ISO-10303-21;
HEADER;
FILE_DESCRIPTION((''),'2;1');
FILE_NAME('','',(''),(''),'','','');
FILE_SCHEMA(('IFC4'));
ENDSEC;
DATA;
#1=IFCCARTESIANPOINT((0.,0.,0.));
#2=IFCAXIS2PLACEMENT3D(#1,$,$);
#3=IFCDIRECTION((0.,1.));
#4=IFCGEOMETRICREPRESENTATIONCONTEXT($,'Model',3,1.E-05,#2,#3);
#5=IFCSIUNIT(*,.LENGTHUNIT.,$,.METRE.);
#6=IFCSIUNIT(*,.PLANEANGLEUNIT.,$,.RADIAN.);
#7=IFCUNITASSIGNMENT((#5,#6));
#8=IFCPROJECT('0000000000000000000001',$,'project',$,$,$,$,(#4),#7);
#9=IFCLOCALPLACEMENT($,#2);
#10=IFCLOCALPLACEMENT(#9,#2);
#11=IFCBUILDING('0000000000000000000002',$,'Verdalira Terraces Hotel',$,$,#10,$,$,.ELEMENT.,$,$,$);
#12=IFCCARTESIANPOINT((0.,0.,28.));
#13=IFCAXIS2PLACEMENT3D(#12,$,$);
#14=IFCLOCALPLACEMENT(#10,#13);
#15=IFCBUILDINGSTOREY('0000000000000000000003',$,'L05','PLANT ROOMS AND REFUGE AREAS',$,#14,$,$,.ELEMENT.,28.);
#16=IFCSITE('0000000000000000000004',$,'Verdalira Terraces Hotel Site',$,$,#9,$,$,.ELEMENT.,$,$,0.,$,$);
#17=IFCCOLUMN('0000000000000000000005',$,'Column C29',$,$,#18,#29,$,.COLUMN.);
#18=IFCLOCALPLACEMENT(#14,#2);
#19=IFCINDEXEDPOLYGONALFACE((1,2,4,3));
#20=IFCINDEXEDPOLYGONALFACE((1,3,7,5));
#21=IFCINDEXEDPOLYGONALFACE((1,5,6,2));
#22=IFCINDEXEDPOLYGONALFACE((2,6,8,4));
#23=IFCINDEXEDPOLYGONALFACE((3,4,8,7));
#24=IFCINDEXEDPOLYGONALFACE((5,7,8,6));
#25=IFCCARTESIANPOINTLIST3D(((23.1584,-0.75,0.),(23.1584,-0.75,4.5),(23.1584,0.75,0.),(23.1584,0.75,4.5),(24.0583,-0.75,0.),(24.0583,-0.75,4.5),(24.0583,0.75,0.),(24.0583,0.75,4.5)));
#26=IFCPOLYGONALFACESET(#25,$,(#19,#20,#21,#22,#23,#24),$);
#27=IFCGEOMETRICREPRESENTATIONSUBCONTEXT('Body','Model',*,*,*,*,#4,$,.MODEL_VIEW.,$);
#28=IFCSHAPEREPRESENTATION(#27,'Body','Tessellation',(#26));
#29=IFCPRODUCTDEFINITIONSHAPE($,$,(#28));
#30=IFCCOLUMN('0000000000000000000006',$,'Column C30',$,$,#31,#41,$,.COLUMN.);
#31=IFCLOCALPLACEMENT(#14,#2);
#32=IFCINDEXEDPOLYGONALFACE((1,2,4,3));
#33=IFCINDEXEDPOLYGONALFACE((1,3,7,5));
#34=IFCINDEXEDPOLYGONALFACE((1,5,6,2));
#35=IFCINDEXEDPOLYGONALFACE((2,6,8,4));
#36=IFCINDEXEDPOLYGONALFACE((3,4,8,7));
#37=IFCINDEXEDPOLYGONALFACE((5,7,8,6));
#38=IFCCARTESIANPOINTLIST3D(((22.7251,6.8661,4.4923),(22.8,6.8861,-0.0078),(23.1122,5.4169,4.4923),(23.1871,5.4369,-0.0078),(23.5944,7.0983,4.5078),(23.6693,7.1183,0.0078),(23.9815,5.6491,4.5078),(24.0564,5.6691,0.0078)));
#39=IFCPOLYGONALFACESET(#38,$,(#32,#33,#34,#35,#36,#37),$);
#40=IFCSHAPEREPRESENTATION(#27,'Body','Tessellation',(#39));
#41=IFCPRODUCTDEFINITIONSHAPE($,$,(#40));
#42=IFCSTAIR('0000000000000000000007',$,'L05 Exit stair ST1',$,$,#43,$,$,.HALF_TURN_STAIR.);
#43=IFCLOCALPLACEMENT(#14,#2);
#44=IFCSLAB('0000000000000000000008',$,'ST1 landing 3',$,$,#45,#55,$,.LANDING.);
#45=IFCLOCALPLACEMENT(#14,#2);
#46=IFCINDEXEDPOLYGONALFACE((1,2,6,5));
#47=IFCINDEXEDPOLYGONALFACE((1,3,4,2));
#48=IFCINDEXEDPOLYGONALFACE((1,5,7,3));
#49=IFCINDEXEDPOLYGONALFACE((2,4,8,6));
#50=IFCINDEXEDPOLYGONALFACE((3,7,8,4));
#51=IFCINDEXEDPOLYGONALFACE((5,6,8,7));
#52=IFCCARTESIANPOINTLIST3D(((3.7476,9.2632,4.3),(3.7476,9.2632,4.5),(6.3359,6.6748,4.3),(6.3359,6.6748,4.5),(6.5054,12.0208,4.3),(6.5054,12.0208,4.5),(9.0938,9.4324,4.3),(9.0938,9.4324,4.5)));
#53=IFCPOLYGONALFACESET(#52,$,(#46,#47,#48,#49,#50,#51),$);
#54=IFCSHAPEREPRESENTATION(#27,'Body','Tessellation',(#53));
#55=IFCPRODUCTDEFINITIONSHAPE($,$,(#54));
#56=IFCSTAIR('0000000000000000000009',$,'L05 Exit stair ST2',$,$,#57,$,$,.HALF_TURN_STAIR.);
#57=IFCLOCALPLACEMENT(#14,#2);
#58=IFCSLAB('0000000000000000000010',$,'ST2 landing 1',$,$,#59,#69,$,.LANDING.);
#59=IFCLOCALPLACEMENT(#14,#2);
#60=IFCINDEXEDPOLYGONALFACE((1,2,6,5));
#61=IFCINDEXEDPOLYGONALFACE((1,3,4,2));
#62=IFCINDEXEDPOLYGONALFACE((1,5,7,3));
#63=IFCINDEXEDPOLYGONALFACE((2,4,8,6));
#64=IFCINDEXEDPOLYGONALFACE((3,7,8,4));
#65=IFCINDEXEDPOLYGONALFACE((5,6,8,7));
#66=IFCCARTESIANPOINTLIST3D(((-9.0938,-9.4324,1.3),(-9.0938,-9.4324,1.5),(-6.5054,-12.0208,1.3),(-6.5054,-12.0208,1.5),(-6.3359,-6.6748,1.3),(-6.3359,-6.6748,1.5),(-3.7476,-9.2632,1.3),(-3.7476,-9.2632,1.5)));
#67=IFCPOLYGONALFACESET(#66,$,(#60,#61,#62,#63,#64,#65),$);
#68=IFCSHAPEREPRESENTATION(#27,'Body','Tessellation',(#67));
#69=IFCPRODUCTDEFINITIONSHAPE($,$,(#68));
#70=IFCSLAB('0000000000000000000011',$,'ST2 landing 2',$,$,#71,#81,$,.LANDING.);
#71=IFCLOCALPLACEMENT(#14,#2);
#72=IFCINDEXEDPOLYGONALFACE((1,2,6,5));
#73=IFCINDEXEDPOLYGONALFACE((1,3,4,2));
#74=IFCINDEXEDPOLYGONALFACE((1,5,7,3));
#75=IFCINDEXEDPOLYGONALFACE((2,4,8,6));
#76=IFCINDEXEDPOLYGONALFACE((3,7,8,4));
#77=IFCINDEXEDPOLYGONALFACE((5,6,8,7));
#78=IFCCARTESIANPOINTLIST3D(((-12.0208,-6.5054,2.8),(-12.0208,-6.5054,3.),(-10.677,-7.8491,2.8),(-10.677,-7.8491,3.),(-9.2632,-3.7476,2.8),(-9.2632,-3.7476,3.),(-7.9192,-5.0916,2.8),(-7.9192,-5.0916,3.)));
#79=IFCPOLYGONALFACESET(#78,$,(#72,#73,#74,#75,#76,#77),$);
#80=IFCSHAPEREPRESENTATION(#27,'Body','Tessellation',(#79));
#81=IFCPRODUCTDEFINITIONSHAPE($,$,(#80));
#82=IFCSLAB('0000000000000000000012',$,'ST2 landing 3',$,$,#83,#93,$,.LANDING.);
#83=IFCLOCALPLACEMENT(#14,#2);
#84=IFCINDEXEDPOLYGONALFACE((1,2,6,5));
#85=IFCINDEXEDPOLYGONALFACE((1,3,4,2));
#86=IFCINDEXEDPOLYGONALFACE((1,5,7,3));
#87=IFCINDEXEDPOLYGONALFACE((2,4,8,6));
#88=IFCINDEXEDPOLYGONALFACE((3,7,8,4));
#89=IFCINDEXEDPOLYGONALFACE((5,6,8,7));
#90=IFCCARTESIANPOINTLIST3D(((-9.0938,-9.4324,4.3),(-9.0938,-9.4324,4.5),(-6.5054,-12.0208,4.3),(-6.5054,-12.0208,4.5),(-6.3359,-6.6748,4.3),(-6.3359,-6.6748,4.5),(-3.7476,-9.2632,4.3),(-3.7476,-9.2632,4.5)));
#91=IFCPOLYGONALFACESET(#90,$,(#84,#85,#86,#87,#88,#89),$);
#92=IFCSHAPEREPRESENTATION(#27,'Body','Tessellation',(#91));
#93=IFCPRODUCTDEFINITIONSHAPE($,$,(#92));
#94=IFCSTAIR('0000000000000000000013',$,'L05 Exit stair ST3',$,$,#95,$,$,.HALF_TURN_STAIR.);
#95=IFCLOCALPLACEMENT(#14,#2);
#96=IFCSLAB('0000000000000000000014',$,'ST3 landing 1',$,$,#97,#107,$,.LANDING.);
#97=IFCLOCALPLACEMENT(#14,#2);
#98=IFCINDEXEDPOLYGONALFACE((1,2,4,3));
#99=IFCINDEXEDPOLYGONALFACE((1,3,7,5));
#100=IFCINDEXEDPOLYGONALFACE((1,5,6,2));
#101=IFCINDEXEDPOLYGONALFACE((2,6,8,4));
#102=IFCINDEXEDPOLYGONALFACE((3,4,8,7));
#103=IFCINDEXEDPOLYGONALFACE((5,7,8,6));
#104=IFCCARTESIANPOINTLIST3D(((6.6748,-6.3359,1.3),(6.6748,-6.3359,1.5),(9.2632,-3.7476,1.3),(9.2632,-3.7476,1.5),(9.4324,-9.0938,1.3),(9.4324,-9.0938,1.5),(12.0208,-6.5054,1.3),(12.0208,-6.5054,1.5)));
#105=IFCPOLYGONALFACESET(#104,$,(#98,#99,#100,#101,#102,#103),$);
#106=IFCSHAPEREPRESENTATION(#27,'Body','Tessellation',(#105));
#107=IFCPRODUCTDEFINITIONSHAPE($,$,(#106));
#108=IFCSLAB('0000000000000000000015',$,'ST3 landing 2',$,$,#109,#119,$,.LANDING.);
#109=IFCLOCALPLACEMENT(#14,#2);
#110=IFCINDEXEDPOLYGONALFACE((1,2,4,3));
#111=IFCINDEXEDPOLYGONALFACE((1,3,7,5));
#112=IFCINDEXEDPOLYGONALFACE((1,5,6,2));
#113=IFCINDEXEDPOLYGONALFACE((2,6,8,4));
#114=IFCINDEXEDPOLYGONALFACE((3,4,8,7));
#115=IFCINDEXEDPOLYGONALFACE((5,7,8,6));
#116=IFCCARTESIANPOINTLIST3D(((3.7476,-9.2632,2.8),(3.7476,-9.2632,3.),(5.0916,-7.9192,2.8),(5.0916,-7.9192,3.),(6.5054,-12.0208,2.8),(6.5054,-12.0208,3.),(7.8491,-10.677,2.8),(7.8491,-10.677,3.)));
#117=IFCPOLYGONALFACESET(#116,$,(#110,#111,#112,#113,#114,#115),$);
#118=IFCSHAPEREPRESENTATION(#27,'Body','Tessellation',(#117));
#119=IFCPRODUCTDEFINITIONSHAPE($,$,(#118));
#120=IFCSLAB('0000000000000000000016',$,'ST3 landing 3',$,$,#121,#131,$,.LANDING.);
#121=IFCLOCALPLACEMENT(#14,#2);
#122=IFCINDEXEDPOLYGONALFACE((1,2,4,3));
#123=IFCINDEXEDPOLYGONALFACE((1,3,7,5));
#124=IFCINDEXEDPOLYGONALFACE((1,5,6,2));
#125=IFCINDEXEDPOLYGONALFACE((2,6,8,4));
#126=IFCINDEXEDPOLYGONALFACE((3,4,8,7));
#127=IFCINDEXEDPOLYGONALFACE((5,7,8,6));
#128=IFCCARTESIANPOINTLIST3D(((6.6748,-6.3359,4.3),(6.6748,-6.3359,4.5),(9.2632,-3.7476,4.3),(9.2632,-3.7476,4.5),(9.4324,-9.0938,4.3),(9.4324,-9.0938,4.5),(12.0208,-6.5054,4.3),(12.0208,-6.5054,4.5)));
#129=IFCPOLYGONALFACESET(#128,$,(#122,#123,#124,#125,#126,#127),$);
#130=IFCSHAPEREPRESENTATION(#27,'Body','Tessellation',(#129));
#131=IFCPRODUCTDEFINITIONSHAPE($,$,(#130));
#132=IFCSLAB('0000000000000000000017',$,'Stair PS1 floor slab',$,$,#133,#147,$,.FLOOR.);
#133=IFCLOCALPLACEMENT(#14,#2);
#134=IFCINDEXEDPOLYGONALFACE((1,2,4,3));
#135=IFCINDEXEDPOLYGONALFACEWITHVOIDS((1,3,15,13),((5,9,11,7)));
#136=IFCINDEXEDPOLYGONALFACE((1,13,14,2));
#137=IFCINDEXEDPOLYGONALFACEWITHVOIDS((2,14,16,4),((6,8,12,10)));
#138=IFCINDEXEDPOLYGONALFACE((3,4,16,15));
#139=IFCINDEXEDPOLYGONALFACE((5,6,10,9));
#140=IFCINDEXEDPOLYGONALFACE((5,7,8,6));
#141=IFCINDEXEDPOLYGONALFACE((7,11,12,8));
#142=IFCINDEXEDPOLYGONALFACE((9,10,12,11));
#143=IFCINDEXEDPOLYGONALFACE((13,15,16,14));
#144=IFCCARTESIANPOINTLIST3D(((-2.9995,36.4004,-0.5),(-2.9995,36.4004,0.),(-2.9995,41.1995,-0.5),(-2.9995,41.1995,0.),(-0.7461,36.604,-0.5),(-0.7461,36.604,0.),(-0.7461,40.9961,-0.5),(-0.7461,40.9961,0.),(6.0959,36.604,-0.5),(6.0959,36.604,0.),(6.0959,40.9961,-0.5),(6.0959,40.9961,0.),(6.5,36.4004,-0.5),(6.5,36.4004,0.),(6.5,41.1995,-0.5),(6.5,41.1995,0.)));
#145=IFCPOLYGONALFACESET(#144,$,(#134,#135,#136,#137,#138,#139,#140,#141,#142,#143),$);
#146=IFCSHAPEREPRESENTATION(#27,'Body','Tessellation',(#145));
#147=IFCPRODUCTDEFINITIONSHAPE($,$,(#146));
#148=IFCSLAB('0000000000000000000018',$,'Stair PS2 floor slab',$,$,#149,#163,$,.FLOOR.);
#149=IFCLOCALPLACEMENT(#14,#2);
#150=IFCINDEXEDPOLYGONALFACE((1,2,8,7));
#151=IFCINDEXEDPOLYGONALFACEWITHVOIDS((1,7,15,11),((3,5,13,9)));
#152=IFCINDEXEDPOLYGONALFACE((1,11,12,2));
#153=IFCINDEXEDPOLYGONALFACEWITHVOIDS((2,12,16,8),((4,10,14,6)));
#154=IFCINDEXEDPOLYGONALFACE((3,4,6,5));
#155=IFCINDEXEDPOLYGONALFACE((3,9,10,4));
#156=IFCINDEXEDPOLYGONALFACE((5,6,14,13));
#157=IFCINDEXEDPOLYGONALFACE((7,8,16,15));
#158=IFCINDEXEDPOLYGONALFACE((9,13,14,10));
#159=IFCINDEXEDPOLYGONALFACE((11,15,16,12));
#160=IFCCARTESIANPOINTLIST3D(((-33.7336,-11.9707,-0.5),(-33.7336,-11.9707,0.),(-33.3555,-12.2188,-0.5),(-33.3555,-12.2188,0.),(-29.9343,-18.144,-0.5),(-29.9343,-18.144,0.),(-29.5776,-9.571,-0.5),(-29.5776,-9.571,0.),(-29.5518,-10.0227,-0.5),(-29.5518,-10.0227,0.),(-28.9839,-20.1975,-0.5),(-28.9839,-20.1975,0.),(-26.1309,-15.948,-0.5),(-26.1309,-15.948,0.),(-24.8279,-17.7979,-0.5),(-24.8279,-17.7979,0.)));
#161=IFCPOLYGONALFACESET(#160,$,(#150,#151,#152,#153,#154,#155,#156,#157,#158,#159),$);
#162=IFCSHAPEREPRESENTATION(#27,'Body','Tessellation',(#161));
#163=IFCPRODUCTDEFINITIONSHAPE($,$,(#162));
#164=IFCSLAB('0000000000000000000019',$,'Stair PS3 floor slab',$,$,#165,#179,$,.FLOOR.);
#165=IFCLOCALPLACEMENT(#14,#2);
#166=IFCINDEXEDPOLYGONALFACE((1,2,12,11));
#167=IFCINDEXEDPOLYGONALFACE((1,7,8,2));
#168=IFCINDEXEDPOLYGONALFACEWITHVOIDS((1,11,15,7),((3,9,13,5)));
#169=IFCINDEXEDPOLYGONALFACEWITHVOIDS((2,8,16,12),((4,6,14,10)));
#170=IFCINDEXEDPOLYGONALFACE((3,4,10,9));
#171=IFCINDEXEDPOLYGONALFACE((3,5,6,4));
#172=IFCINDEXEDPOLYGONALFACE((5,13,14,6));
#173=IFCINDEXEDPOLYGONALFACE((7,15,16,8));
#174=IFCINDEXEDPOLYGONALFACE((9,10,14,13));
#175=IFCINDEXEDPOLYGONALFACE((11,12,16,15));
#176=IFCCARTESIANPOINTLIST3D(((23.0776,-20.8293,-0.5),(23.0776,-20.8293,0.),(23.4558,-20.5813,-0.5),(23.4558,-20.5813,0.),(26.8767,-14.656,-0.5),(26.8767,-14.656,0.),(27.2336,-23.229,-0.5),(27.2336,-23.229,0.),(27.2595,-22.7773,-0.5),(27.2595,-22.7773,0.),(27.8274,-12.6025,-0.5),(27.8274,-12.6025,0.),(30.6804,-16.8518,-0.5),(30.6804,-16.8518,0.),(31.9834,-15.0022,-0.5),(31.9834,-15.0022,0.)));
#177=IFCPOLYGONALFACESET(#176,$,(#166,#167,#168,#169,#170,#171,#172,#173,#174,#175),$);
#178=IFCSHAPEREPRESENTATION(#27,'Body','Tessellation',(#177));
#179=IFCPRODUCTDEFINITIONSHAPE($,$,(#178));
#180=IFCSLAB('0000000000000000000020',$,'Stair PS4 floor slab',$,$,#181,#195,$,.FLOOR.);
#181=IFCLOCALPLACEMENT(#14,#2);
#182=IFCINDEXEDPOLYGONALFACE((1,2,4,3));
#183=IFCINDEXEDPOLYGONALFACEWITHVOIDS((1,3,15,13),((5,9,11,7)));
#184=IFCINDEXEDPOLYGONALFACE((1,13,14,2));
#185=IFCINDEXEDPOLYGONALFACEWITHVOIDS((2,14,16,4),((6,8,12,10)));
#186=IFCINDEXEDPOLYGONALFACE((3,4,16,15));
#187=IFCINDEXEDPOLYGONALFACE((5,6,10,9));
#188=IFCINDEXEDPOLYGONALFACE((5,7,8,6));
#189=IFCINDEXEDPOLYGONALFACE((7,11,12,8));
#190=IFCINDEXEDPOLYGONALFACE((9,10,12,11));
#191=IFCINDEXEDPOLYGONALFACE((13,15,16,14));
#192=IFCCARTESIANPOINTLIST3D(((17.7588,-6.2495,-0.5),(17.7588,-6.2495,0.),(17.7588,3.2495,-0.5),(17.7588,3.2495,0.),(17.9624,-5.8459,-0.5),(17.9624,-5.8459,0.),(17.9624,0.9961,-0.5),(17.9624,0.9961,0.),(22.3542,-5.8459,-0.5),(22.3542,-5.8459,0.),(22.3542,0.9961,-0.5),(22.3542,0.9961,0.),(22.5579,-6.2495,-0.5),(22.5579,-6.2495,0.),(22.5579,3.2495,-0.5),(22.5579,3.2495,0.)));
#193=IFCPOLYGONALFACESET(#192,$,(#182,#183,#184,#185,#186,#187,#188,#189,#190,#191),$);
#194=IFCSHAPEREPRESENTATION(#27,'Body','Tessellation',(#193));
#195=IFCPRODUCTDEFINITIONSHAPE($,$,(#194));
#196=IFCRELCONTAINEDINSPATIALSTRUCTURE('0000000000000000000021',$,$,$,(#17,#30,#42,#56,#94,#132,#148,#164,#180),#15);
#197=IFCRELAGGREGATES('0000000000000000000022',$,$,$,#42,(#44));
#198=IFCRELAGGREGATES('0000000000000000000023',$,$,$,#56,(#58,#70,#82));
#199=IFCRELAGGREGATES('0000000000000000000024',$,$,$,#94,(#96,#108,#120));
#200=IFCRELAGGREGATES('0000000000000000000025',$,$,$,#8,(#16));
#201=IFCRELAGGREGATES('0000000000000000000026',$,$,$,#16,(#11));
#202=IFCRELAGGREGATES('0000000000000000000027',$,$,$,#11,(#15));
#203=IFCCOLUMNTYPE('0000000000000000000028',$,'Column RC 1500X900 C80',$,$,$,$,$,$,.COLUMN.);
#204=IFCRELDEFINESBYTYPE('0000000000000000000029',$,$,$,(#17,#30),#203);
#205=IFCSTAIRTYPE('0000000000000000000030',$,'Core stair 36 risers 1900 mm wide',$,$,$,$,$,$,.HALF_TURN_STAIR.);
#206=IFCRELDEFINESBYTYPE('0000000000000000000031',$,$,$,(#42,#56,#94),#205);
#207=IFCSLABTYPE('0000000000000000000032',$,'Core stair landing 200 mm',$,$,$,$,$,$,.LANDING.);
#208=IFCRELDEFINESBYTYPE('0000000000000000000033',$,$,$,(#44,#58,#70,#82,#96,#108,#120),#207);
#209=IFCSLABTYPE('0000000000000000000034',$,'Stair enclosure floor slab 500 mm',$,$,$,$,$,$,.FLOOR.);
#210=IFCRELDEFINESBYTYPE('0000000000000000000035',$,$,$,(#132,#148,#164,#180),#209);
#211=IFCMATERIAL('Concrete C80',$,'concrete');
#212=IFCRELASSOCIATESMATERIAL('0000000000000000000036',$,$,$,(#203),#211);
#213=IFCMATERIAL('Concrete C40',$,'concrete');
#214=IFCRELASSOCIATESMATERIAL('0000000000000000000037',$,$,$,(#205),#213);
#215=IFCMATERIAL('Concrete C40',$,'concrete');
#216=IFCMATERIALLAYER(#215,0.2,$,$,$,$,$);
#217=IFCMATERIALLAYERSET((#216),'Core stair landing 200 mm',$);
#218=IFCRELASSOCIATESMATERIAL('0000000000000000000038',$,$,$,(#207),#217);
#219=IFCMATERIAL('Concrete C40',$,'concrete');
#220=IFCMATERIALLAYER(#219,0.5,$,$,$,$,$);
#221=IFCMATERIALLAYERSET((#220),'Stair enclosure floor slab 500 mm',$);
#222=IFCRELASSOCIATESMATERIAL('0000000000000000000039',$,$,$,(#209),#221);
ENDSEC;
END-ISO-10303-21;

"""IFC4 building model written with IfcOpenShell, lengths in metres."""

from ifc_helpers import new_model, si_unit, direction, frame, origin, origin_2d, place, context, subcontext, project, spatial, polyline, rectangle, outline, extrude, material, layer, layer_set, material_profile, profile_set, type_object, element, aggregate, save


model = new_model("IFC4")

# Units and contexts
model_context = context("Model", 3, precision=1e-05, world=origin(), true_north=direction((0.0, 1.0)))
body_context = subcontext(model_context, "Body", "Model", "MODEL_VIEW")
ifc_project = project(units=[si_unit("LENGTHUNIT", "METRE"), si_unit("PLANEANGLEUNIT", "RADIAN")], contexts=[model_context])

# Site, building, storey
site_placement = place(None, origin())
site = spatial("IfcSite", under=ifc_project, at=site_placement, Name="Verdalira Terraces Hotel Site", CompositionType="ELEMENT", RefElevation=0.0)
building_placement = place(site_placement, origin())
building = spatial("IfcBuilding", under=site, at=building_placement, Name="Verdalira Terraces Hotel", CompositionType="ELEMENT")
storey_placement = place(building_placement, frame((0.0, 0.0, 28.0)))
storey = spatial("IfcBuildingStorey", under=building, at=storey_placement, Name="L05", Description="PLANT ROOMS AND REFUGE AREAS", CompositionType="ELEMENT", Elevation=28.0)

# Columns
ifc_material_1 = material(Name="Concrete C80", Category="concrete")
ifc_material_profile = material_profile(ifc_material_1, rectangle(XDim=1.5, YDim=0.8999, at=origin_2d()), Name="RC 1500X900")
ifc_profile_set = profile_set([ifc_material_profile], Name="Concrete C80")
column_type = type_object("IfcColumnType", Name="Column RC 1500X900 C80", PredefinedType="COLUMN", material=ifc_profile_set)
column_1_placement = place(storey_placement, frame((23.6084, 0.0, 0.0), z_axis=(0.0, 0.0, 1.0), x_axis=(0.0, 1.0, 0.0)))
element("IfcColumn", 1, at=column_1_placement, inside=storey, type_object=column_type, Name="Column C29", PredefinedType="COLUMN", context=body_context, shape_type="SweptSolid", body=[
    extrude(rectangle(XDim=1.5, YDim=0.8999, at=origin_2d()), origin(), (0.0, 0.0, 1.0), 4.5),
])
column_2_placement = place(storey_placement, frame((23.4282, 6.2776, 0.0), z_axis=(-0.016653, -0.004448, 0.999851), x_axis=(0.258054, -0.96613, 0.0)))
element("IfcColumn", 2, at=column_2_placement, inside=storey, type_object=column_type, Name="Column C30", PredefinedType="COLUMN", context=body_context, shape_type="SweptSolid", body=[
    extrude(rectangle(XDim=1.5, YDim=0.8999, at=origin_2d()), origin(), (0.0, 0.0, 1.0), 4.5007),
])

# Stair, slab
ifc_material_2 = material(Name="Concrete C40", Category="concrete")
stair_type = type_object("IfcStairType", Name="Core stair 36 risers 1900 mm wide", PredefinedType="HALF_TURN_STAIR", material=ifc_material_2)
stair_1_placement = place(storey_placement, origin())
stair_1 = element("IfcStair", 3, at=stair_1_placement, inside=storey, type_object=stair_type, Name="L05 Exit stair ST1", PredefinedType="HALF_TURN_STAIR")
ifc_material_3 = material(Name="Concrete C40", Category="concrete")
ifc_layer_1 = layer(ifc_material_3, 0.2)
ifc_layer_set_1 = layer_set([ifc_layer_1], Name="Core stair landing 200 mm")
slab_type_1 = type_object("IfcSlabType", Name="Core stair landing 200 mm", PredefinedType="LANDING", material=ifc_layer_set_1)
slab_1_placement = place(storey_placement, frame((0.0, 0.0, 4.3)))
slab_1 = element("IfcSlab", 4, at=slab_1_placement, type_object=slab_type_1, Name="ST1 landing 3", PredefinedType="LANDING", context=body_context, shape_type="SweptSolid", body=[
    extrude(outline(polyline([(9.0938, 9.4324), (6.5054, 12.0208), (3.7476, 9.2632), (6.3359, 6.6748), (9.0938, 9.4324)])), origin(), (0.0, 0.0, 1.0), 0.2),
])
aggregate(stair_1, [slab_1])

# Stairs, slabs
stair_2_placement = place(storey_placement, origin())
stair_2 = element("IfcStair", 5, at=stair_2_placement, inside=storey, type_object=stair_type, Name="L05 Exit stair ST2", PredefinedType="HALF_TURN_STAIR")
slab_2_placement = place(storey_placement, frame((0.0, 0.0, 1.3)))
slab_2 = element("IfcSlab", 6, at=slab_2_placement, type_object=slab_type_1, Name="ST2 landing 1", PredefinedType="LANDING", context=body_context, shape_type="SweptSolid", body=[
    extrude(outline(polyline([(-9.0938, -9.4324), (-6.5054, -12.0208), (-3.7476, -9.2632), (-6.3359, -6.6748), (-9.0938, -9.4324)])), origin(), (0.0, 0.0, 1.0), 0.2),
])
slab_3_placement = place(storey_placement, frame((0.0, 0.0, 2.8)))
slab_3 = element("IfcSlab", 7, at=slab_3_placement, type_object=slab_type_1, Name="ST2 landing 2", PredefinedType="LANDING", context=body_context, shape_type="SweptSolid", body=[
    extrude(outline(polyline([(-12.0208, -6.5054), (-10.677, -7.8491), (-7.9192, -5.0916), (-9.2632, -3.7476), (-12.0208, -6.5054)])), origin(), (0.0, 0.0, 1.0), 0.2),
])
slab_4_placement = place(storey_placement, frame((0.0, 0.0, 4.3)))
slab_4 = element("IfcSlab", 8, at=slab_4_placement, type_object=slab_type_1, Name="ST2 landing 3", PredefinedType="LANDING", context=body_context, shape_type="SweptSolid", body=[
    extrude(outline(polyline([(-9.0938, -9.4324), (-6.5054, -12.0208), (-3.7476, -9.2632), (-6.3359, -6.6748), (-9.0938, -9.4324)])), origin(), (0.0, 0.0, 1.0), 0.2),
])
aggregate(stair_2, [slab_2, slab_3, slab_4])
stair_3_placement = place(storey_placement, origin())
stair_3 = element("IfcStair", 9, at=stair_3_placement, inside=storey, type_object=stair_type, Name="L05 Exit stair ST3", PredefinedType="HALF_TURN_STAIR")
slab_5_placement = place(storey_placement, frame((0.0, 0.0, 1.3)))
slab_5 = element("IfcSlab", 10, at=slab_5_placement, type_object=slab_type_1, Name="ST3 landing 1", PredefinedType="LANDING", context=body_context, shape_type="SweptSolid", body=[
    extrude(outline(polyline([(9.4324, -9.0938), (12.0208, -6.5054), (9.2632, -3.7476), (6.6748, -6.3359), (9.4324, -9.0938)])), origin(), (0.0, 0.0, 1.0), 0.2),
])
slab_6_placement = place(storey_placement, frame((0.0, 0.0, 2.8)))
slab_6 = element("IfcSlab", 11, at=slab_6_placement, type_object=slab_type_1, Name="ST3 landing 2", PredefinedType="LANDING", context=body_context, shape_type="SweptSolid", body=[
    extrude(outline(polyline([(6.5054, -12.0208), (7.8491, -10.677), (5.0916, -7.9192), (3.7476, -9.2632), (6.5054, -12.0208)])), origin(), (0.0, 0.0, 1.0), 0.2),
])
slab_7_placement = place(storey_placement, frame((0.0, 0.0, 4.3)))
slab_7 = element("IfcSlab", 12, at=slab_7_placement, type_object=slab_type_1, Name="ST3 landing 3", PredefinedType="LANDING", context=body_context, shape_type="SweptSolid", body=[
    extrude(outline(polyline([(9.4324, -9.0938), (12.0208, -6.5054), (9.2632, -3.7476), (6.6748, -6.3359), (9.4324, -9.0938)])), origin(), (0.0, 0.0, 1.0), 0.2),
])
aggregate(stair_3, [slab_5, slab_6, slab_7])

# Slabs
ifc_material_4 = material(Name="Concrete C40", Category="concrete")
ifc_layer_2 = layer(ifc_material_4, 0.5)
ifc_layer_set_2 = layer_set([ifc_layer_2], Name="Stair enclosure floor slab 500 mm")
slab_type_2 = type_object("IfcSlabType", Name="Stair enclosure floor slab 500 mm", PredefinedType="FLOOR", material=ifc_layer_set_2)
slab_8_placement = place(storey_placement, frame((0.0, 0.0, -0.5)))
element("IfcSlab", 13, at=slab_8_placement, inside=storey, type_object=slab_type_2, Name="Stair PS1 floor slab", PredefinedType="FLOOR", context=body_context, shape_type="SweptSolid", body=[
    extrude(outline(polyline([(-2.9995, 36.4004), (-2.9995, 41.1995), (6.5, 41.1995), (6.5, 36.4004), (-2.9995, 36.4004)]), holes=[polyline([(-0.7461, 40.9961), (-0.7461, 36.604), (6.0959, 36.604), (6.0959, 40.9961), (-0.7461, 40.9961)])]), origin(), (0.0, 0.0, 1.0), 0.5),
])
slab_9_placement = place(storey_placement, frame((0.0, 0.0, -0.5)))
element("IfcSlab", 14, at=slab_9_placement, inside=storey, type_object=slab_type_2, Name="Stair PS2 floor slab", PredefinedType="FLOOR", context=body_context, shape_type="SweptSolid", body=[
    extrude(outline(polyline([(-24.8279, -17.7979), (-28.9839, -20.1975), (-33.7336, -11.9707), (-29.5776, -9.571), (-24.8279, -17.7979)]), holes=[polyline([(-29.9343, -18.144), (-26.1309, -15.948), (-29.5518, -10.0227), (-33.3555, -12.2188), (-29.9343, -18.144)])]), origin(), (0.0, 0.0, 1.0), 0.5),
])
slab_10_placement = place(storey_placement, frame((0.0, 0.0, -0.5)))
element("IfcSlab", 15, at=slab_10_placement, inside=storey, type_object=slab_type_2, Name="Stair PS3 floor slab", PredefinedType="FLOOR", context=body_context, shape_type="SweptSolid", body=[
    extrude(outline(polyline([(27.8274, -12.6025), (31.9834, -15.0022), (27.2336, -23.229), (23.0776, -20.8293), (27.8274, -12.6025)]), holes=[polyline([(30.6804, -16.8518), (26.8767, -14.656), (23.4558, -20.5813), (27.2595, -22.7773), (30.6804, -16.8518)])]), origin(), (0.0, 0.0, 1.0), 0.5),
])
slab_11_placement = place(storey_placement, frame((0.0, 0.0, -0.5)))
element("IfcSlab", 16, at=slab_11_placement, inside=storey, type_object=slab_type_2, Name="Stair PS4 floor slab", PredefinedType="FLOOR", context=body_context, shape_type="SweptSolid", body=[
    extrude(outline(polyline([(17.7588, 3.2495), (22.5579, 3.2495), (22.5579, -6.2495), (17.7588, -6.2495), (17.7588, 3.2495)]), holes=[polyline([(22.3542, 0.9961), (17.9624, 0.9961), (17.9624, -5.8459), (22.3542, -5.8459), (22.3542, 0.9961)])]), origin(), (0.0, 0.0, 1.0), 0.5),
])

save(model, "model.ifc")
